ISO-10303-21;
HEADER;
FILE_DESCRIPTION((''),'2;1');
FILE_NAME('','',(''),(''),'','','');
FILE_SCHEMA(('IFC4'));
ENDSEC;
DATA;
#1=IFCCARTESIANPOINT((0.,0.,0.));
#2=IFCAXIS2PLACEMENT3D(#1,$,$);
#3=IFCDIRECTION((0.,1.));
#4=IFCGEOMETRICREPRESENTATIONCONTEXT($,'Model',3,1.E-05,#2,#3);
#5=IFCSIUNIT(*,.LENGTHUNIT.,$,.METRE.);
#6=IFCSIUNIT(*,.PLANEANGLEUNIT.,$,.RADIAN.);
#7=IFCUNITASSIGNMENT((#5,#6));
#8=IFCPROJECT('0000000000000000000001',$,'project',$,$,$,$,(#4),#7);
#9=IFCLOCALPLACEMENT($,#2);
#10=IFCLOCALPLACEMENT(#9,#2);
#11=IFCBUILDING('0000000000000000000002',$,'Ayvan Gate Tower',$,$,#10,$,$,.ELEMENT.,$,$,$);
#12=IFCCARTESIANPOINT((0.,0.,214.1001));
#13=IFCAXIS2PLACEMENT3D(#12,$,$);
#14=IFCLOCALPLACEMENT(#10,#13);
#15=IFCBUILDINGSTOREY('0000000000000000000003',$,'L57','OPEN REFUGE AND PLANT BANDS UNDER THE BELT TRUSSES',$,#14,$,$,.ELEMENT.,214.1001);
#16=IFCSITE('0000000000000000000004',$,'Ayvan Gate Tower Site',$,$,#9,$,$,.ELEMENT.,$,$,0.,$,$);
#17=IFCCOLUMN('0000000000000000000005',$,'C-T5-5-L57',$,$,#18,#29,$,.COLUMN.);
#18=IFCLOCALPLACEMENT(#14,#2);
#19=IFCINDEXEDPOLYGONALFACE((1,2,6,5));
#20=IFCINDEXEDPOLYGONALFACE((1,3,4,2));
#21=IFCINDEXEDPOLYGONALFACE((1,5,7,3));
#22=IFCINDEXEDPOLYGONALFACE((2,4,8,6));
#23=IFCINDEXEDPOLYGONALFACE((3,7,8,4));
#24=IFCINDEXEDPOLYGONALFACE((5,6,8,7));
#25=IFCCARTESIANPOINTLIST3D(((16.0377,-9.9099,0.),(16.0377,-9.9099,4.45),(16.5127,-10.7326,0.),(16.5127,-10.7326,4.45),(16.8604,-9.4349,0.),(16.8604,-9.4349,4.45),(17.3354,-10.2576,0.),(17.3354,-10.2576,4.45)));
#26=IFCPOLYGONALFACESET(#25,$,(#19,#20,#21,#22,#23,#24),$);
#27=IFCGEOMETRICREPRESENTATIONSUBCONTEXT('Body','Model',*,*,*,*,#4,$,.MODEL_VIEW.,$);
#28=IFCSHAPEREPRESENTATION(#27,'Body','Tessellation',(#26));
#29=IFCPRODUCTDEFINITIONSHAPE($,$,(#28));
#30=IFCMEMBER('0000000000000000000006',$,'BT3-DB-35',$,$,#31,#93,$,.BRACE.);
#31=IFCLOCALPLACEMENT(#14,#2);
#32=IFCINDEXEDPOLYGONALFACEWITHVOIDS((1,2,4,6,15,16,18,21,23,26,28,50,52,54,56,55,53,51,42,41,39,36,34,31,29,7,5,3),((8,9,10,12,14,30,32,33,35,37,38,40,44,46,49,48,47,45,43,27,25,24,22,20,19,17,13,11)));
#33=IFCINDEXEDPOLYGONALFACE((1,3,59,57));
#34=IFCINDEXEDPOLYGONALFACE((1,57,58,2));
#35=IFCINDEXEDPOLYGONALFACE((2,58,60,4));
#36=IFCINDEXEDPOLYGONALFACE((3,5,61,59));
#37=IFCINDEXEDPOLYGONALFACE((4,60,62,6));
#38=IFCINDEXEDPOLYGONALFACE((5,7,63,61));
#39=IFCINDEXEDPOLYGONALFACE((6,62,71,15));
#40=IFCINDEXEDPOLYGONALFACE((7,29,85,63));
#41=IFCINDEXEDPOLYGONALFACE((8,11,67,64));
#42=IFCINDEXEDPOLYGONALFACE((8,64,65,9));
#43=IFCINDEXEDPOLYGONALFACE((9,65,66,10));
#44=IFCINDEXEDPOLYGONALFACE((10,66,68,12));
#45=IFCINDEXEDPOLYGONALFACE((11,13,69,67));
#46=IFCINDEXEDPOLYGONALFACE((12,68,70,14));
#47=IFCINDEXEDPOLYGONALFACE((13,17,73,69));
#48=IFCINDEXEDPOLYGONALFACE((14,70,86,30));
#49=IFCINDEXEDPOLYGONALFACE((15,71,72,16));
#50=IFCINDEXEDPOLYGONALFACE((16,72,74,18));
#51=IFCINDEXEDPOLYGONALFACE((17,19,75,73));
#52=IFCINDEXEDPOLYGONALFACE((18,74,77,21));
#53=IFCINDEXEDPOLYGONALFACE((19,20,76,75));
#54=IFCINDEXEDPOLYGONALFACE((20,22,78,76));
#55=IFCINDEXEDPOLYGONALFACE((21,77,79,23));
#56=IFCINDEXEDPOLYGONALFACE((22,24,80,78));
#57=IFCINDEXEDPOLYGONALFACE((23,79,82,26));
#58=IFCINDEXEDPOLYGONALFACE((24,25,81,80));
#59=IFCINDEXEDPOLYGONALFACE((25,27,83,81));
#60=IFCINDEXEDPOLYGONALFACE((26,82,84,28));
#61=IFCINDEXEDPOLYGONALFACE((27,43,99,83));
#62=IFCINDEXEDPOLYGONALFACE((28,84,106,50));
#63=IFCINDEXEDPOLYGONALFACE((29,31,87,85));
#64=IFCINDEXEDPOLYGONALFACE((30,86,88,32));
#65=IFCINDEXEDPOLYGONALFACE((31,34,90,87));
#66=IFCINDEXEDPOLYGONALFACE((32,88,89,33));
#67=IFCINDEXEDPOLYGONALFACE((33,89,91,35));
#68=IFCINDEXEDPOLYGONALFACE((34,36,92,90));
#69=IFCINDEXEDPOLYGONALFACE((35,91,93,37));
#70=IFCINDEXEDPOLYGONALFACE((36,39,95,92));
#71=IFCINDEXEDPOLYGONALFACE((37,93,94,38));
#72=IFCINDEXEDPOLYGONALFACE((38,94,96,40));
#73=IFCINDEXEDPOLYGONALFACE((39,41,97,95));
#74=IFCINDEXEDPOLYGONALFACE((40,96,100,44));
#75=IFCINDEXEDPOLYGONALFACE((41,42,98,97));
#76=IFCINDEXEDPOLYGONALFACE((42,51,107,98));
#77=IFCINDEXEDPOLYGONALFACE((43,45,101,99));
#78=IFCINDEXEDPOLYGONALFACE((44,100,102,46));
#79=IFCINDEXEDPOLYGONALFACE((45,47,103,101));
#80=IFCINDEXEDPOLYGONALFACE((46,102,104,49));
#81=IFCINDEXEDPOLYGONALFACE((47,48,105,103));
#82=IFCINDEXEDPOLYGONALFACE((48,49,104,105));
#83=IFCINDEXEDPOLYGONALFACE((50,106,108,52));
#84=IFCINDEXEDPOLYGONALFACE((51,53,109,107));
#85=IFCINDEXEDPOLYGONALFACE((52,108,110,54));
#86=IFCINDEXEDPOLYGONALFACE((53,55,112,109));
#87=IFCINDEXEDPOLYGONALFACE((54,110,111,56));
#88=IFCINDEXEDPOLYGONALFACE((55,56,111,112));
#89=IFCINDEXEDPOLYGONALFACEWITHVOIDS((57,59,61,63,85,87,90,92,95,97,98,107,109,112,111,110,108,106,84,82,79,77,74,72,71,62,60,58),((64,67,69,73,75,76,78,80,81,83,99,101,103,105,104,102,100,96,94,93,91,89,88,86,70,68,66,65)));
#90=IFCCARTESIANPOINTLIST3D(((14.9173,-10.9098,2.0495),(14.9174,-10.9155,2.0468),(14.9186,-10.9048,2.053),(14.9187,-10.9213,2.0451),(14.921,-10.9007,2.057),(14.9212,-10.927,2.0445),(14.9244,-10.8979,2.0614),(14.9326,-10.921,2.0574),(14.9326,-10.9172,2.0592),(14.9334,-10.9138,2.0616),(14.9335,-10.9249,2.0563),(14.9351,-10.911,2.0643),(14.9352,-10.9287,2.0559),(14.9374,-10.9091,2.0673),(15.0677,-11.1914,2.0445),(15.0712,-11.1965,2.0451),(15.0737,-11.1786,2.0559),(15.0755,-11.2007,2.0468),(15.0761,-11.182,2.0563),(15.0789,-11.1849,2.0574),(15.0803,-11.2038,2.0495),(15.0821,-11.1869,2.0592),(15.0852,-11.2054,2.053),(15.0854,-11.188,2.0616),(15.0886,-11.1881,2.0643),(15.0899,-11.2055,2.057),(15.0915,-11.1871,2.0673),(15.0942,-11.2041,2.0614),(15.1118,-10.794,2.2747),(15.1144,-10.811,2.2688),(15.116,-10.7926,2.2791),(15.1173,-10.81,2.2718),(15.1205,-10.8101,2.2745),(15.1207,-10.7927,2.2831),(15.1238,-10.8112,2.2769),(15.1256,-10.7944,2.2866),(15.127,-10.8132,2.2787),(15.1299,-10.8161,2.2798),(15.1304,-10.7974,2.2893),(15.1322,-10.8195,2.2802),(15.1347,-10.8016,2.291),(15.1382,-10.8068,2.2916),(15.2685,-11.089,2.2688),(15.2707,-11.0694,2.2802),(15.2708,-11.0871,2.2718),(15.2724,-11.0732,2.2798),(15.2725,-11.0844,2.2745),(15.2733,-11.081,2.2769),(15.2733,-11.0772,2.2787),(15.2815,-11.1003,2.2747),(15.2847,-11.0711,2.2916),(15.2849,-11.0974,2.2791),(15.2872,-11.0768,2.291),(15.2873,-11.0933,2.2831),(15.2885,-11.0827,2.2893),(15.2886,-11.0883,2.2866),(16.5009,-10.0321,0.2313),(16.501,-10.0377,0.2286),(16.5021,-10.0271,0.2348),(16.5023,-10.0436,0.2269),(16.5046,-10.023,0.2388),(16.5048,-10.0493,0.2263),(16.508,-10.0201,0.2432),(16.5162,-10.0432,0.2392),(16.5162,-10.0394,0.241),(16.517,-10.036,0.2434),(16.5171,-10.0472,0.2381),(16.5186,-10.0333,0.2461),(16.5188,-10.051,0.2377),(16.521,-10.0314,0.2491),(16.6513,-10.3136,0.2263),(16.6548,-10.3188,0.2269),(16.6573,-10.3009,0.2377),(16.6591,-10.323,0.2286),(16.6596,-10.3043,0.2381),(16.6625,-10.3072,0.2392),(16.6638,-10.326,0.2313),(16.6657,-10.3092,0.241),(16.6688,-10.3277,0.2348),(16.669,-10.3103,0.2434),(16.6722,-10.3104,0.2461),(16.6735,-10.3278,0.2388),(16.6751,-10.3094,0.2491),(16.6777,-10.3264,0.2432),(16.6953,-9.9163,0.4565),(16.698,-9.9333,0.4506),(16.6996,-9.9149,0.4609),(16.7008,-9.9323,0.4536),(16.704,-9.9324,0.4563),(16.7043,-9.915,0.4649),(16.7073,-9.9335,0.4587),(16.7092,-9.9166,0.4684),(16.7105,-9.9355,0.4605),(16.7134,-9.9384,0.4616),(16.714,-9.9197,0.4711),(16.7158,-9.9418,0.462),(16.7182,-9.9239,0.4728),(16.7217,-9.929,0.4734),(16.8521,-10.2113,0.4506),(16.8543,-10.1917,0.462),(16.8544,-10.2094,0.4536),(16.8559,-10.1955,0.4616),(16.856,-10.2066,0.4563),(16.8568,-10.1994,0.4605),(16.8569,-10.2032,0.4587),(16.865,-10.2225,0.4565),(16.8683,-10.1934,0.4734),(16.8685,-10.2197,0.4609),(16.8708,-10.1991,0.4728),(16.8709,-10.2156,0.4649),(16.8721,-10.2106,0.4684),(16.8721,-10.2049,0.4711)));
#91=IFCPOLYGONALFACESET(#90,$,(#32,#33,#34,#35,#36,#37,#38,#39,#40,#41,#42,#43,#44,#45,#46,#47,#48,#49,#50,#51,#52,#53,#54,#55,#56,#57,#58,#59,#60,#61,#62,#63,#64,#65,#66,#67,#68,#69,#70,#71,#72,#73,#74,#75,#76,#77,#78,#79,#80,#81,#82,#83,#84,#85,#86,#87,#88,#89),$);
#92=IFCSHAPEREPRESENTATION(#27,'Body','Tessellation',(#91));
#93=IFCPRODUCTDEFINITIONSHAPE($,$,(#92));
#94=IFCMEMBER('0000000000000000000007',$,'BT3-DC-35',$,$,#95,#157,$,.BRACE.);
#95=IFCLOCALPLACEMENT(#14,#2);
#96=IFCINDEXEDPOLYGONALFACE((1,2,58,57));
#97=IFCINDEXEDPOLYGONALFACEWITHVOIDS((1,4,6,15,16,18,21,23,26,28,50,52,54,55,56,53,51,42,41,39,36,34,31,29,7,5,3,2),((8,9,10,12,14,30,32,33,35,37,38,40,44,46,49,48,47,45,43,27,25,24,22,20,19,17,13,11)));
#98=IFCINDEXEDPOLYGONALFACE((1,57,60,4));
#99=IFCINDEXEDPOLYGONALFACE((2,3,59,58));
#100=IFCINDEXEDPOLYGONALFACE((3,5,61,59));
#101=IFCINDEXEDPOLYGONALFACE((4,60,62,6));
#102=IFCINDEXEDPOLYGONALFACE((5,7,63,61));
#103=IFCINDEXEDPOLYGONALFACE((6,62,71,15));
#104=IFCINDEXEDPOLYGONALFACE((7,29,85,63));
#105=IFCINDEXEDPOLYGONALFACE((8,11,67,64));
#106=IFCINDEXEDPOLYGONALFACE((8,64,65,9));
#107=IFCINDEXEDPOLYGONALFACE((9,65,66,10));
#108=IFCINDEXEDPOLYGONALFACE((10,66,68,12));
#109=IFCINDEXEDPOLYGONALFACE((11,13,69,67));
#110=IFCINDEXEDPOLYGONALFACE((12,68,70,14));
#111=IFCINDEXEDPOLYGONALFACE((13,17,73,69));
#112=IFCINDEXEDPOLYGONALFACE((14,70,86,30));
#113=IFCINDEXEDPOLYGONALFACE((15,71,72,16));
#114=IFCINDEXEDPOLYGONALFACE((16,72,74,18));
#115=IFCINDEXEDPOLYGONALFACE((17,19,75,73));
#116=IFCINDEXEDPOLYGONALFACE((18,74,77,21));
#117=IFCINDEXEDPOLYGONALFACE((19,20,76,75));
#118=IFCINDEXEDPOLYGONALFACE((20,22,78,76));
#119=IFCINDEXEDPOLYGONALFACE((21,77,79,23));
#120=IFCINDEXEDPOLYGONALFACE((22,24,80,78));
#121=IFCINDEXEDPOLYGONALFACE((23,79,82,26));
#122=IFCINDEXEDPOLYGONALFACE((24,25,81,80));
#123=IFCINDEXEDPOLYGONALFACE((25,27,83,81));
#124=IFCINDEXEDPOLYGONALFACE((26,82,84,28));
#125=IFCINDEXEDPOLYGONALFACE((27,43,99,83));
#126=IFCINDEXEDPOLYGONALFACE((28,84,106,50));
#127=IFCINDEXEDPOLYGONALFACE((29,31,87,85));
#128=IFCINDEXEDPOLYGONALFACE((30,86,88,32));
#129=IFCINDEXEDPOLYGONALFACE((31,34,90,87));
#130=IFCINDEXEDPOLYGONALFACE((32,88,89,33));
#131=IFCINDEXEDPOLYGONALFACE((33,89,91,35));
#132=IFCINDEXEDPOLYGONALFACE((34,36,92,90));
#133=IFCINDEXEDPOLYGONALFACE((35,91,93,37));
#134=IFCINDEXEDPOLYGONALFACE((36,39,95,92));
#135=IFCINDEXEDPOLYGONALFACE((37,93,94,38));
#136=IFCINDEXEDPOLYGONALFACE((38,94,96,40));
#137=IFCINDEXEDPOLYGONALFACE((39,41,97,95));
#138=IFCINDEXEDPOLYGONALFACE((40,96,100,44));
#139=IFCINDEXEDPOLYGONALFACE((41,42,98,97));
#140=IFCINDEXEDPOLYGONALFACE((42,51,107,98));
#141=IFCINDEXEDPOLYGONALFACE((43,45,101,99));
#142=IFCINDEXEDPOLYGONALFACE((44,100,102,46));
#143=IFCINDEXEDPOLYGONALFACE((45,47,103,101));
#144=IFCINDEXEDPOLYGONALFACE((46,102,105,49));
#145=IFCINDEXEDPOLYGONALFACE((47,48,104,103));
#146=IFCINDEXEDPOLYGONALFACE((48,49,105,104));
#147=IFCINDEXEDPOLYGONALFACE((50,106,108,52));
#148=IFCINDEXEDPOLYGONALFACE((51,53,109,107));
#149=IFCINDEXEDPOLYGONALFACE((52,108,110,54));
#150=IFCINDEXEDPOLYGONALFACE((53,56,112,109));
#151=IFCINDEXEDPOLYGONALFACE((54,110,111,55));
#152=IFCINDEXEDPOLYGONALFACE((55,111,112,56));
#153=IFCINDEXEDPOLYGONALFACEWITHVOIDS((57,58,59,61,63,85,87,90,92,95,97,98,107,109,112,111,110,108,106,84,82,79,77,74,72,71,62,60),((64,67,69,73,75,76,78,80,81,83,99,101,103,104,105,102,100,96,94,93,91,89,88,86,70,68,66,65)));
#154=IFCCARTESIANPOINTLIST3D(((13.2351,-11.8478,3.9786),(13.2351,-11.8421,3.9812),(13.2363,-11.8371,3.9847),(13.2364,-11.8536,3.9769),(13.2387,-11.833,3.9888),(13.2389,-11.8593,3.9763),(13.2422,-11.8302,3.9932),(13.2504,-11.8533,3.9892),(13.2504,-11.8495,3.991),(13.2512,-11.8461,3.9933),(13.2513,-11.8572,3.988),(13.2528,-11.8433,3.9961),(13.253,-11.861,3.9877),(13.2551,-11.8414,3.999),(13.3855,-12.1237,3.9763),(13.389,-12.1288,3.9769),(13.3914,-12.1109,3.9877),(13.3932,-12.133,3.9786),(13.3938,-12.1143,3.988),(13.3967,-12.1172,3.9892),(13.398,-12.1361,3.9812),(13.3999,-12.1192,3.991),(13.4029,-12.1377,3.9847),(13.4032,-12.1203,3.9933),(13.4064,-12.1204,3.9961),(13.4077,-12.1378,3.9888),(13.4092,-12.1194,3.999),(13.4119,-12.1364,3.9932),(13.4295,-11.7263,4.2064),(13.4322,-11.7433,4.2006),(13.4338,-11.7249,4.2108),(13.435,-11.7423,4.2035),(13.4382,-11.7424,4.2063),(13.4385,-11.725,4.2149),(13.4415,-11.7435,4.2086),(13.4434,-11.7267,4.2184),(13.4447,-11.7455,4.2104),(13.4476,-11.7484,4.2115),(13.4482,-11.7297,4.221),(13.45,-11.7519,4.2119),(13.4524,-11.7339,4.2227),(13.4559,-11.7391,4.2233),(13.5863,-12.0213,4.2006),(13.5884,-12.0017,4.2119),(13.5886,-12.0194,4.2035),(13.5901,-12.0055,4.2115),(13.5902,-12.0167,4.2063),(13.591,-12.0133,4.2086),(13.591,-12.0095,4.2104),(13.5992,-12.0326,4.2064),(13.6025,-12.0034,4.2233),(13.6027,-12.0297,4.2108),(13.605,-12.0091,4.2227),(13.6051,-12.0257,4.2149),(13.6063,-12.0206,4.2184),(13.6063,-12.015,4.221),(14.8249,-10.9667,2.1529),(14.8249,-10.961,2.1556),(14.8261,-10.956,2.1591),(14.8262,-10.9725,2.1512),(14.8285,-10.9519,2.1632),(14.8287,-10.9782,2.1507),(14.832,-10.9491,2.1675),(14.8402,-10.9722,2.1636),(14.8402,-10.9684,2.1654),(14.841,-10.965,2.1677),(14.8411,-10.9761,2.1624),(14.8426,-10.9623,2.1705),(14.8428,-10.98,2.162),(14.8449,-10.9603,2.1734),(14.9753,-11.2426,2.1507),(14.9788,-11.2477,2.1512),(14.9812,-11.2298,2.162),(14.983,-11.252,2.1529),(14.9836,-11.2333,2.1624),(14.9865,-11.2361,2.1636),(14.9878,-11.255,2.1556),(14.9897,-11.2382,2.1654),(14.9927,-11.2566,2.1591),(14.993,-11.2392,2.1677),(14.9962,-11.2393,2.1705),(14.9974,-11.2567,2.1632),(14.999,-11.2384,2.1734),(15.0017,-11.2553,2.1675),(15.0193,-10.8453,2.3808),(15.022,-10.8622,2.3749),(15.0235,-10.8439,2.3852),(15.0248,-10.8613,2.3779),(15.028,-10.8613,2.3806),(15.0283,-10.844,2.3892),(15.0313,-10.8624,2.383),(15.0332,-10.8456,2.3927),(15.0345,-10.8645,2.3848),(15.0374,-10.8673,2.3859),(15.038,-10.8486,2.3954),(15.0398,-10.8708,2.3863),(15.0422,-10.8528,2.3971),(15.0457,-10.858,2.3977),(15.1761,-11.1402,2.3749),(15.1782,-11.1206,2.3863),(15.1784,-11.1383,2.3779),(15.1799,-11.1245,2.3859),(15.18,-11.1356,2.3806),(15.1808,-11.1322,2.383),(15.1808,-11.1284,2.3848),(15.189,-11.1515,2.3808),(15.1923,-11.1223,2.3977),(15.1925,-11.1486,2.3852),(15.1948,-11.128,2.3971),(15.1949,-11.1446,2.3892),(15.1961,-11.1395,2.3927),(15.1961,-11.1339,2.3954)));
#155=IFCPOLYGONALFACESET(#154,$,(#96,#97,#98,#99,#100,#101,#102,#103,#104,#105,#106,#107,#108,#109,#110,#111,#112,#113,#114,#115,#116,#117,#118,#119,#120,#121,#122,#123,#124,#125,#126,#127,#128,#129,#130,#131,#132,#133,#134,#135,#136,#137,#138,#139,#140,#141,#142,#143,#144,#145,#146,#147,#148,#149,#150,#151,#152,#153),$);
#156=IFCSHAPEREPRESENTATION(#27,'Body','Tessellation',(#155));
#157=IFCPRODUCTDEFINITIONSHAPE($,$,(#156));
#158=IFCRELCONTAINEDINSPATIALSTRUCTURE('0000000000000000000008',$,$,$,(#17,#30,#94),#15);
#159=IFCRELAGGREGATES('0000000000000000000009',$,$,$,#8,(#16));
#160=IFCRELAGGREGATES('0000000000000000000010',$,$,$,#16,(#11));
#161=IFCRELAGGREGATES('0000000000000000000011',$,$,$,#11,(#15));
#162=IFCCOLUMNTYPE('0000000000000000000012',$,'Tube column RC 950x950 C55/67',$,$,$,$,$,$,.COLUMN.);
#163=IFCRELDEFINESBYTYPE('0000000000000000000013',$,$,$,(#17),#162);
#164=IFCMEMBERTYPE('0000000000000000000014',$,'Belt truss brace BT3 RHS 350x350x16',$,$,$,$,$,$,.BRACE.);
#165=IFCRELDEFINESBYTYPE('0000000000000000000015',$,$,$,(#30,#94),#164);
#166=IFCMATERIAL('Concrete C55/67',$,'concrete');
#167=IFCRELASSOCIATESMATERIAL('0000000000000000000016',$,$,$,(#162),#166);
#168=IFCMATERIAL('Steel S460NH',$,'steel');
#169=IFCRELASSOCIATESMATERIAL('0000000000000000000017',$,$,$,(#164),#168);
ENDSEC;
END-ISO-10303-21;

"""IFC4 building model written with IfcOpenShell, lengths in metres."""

from ifc_helpers import new_model, si_unit, direction, frame, origin, origin_2d, place, context, subcontext, project, spatial, rectangle, hollow_rectangle, extrude, material, material_profile, profile_set, type_object, element, save


model = new_model("IFC4")

# Units and contexts
model_context = context("Model", 3, precision=1e-05, world=origin(), true_north=direction((0.0, 1.0)))
body_context = subcontext(model_context, "Body", "Model", "MODEL_VIEW")
ifc_project = project(units=[si_unit("LENGTHUNIT", "METRE"), si_unit("PLANEANGLEUNIT", "RADIAN")], contexts=[model_context])

# Site, building, storey
site_placement = place(None, origin())
site = spatial("IfcSite", under=ifc_project, at=site_placement, Name="Ayvan Gate Tower Site", CompositionType="ELEMENT", RefElevation=0.0)
building_placement = place(site_placement, origin())
building = spatial("IfcBuilding", under=site, at=building_placement, Name="Ayvan Gate Tower", CompositionType="ELEMENT")
storey_placement = place(building_placement, frame((0.0, 0.0, 214.1001)))
storey = spatial("IfcBuildingStorey", under=building, at=storey_placement, Name="L57", Description="OPEN REFUGE AND PLANT BANDS UNDER THE BELT TRUSSES", CompositionType="ELEMENT", Elevation=214.1001)

# Column
ifc_material_1 = material(Name="Concrete C55/67", Category="concrete")
ifc_material_profile_1 = material_profile(ifc_material_1, rectangle(XDim=0.95, YDim=0.95, at=origin_2d()), Name="RC 950x950")
ifc_profile_set_1 = profile_set([ifc_material_profile_1], Name="Concrete C55/67")
column_type = type_object("IfcColumnType", Name="Tube column RC 950x950 C55/67", PredefinedType="COLUMN", material=ifc_profile_set_1)
column_placement = place(storey_placement, frame((16.6865, -10.0837, 0.0), z_axis=(0.0, 0.0, 1.0), x_axis=(0.5, -0.866025, 0.0)))
element("IfcColumn", 1, at=column_placement, inside=storey, type_object=column_type, Name="C-T5-5-L57", PredefinedType="COLUMN", context=body_context, shape_type="SweptSolid", body=[
    extrude(rectangle(XDim=0.95, YDim=0.95, at=origin_2d()), origin(), (0.0, 0.0, 1.0), 4.45),
])

# Members
ifc_material_2 = material(Name="Steel S460NH", Category="steel")
ifc_material_profile_2 = material_profile(ifc_material_2, hollow_rectangle(XDim=0.3501, YDim=0.3501, WallThickness=0.0161, InnerFilletRadius=0.0161, OuterFilletRadius=0.0239, at=origin_2d()), Name="RHS 350x350x16")
ifc_profile_set_2 = profile_set([ifc_material_profile_2], Name="Steel S460NH")
member_type_1 = type_object("IfcMemberType", Name="Belt truss brace BT3 RHS 350x350x16", PredefinedType="BRACE", material=ifc_profile_set_2)
member_1_placement = place(storey_placement, frame((16.6865, -10.1213, 0.3499), z_axis=(-0.617155, -0.342071, 0.708596), x_axis=(0.484784, -0.874634, 0.0)))
element("IfcMember", 2, at=member_1_placement, inside=storey, type_object=member_type_1, Name="BT3-DB-35", PredefinedType="BRACE", context=body_context, shape_type="SweptSolid", body=[
    extrude(hollow_rectangle(XDim=0.3501, YDim=0.3501, WallThickness=0.0161, InnerFilletRadius=0.0161, OuterFilletRadius=0.0239, at=origin_2d()), origin(), (0.0, 0.0, 1.0), 2.5659),
])
member_2_placement = place(storey_placement, frame((15.0105, -11.0503, 2.2742), z_axis=(-0.617115, -0.34201, 0.708659), x_axis=(0.484742, -0.874657, 0.0)))
element("IfcMember", 3, at=member_2_placement, inside=storey, type_object=member_type_1, Name="BT3-DC-35", PredefinedType="BRACE", context=body_context, shape_type="SweptSolid", body=[
    extrude(hollow_rectangle(XDim=0.3501, YDim=0.3501, WallThickness=0.0161, InnerFilletRadius=0.0161, OuterFilletRadius=0.0239, at=origin_2d()), origin(), (0.0, 0.0, 1.0), 2.5762),
])

save(model, "model.ifc")
